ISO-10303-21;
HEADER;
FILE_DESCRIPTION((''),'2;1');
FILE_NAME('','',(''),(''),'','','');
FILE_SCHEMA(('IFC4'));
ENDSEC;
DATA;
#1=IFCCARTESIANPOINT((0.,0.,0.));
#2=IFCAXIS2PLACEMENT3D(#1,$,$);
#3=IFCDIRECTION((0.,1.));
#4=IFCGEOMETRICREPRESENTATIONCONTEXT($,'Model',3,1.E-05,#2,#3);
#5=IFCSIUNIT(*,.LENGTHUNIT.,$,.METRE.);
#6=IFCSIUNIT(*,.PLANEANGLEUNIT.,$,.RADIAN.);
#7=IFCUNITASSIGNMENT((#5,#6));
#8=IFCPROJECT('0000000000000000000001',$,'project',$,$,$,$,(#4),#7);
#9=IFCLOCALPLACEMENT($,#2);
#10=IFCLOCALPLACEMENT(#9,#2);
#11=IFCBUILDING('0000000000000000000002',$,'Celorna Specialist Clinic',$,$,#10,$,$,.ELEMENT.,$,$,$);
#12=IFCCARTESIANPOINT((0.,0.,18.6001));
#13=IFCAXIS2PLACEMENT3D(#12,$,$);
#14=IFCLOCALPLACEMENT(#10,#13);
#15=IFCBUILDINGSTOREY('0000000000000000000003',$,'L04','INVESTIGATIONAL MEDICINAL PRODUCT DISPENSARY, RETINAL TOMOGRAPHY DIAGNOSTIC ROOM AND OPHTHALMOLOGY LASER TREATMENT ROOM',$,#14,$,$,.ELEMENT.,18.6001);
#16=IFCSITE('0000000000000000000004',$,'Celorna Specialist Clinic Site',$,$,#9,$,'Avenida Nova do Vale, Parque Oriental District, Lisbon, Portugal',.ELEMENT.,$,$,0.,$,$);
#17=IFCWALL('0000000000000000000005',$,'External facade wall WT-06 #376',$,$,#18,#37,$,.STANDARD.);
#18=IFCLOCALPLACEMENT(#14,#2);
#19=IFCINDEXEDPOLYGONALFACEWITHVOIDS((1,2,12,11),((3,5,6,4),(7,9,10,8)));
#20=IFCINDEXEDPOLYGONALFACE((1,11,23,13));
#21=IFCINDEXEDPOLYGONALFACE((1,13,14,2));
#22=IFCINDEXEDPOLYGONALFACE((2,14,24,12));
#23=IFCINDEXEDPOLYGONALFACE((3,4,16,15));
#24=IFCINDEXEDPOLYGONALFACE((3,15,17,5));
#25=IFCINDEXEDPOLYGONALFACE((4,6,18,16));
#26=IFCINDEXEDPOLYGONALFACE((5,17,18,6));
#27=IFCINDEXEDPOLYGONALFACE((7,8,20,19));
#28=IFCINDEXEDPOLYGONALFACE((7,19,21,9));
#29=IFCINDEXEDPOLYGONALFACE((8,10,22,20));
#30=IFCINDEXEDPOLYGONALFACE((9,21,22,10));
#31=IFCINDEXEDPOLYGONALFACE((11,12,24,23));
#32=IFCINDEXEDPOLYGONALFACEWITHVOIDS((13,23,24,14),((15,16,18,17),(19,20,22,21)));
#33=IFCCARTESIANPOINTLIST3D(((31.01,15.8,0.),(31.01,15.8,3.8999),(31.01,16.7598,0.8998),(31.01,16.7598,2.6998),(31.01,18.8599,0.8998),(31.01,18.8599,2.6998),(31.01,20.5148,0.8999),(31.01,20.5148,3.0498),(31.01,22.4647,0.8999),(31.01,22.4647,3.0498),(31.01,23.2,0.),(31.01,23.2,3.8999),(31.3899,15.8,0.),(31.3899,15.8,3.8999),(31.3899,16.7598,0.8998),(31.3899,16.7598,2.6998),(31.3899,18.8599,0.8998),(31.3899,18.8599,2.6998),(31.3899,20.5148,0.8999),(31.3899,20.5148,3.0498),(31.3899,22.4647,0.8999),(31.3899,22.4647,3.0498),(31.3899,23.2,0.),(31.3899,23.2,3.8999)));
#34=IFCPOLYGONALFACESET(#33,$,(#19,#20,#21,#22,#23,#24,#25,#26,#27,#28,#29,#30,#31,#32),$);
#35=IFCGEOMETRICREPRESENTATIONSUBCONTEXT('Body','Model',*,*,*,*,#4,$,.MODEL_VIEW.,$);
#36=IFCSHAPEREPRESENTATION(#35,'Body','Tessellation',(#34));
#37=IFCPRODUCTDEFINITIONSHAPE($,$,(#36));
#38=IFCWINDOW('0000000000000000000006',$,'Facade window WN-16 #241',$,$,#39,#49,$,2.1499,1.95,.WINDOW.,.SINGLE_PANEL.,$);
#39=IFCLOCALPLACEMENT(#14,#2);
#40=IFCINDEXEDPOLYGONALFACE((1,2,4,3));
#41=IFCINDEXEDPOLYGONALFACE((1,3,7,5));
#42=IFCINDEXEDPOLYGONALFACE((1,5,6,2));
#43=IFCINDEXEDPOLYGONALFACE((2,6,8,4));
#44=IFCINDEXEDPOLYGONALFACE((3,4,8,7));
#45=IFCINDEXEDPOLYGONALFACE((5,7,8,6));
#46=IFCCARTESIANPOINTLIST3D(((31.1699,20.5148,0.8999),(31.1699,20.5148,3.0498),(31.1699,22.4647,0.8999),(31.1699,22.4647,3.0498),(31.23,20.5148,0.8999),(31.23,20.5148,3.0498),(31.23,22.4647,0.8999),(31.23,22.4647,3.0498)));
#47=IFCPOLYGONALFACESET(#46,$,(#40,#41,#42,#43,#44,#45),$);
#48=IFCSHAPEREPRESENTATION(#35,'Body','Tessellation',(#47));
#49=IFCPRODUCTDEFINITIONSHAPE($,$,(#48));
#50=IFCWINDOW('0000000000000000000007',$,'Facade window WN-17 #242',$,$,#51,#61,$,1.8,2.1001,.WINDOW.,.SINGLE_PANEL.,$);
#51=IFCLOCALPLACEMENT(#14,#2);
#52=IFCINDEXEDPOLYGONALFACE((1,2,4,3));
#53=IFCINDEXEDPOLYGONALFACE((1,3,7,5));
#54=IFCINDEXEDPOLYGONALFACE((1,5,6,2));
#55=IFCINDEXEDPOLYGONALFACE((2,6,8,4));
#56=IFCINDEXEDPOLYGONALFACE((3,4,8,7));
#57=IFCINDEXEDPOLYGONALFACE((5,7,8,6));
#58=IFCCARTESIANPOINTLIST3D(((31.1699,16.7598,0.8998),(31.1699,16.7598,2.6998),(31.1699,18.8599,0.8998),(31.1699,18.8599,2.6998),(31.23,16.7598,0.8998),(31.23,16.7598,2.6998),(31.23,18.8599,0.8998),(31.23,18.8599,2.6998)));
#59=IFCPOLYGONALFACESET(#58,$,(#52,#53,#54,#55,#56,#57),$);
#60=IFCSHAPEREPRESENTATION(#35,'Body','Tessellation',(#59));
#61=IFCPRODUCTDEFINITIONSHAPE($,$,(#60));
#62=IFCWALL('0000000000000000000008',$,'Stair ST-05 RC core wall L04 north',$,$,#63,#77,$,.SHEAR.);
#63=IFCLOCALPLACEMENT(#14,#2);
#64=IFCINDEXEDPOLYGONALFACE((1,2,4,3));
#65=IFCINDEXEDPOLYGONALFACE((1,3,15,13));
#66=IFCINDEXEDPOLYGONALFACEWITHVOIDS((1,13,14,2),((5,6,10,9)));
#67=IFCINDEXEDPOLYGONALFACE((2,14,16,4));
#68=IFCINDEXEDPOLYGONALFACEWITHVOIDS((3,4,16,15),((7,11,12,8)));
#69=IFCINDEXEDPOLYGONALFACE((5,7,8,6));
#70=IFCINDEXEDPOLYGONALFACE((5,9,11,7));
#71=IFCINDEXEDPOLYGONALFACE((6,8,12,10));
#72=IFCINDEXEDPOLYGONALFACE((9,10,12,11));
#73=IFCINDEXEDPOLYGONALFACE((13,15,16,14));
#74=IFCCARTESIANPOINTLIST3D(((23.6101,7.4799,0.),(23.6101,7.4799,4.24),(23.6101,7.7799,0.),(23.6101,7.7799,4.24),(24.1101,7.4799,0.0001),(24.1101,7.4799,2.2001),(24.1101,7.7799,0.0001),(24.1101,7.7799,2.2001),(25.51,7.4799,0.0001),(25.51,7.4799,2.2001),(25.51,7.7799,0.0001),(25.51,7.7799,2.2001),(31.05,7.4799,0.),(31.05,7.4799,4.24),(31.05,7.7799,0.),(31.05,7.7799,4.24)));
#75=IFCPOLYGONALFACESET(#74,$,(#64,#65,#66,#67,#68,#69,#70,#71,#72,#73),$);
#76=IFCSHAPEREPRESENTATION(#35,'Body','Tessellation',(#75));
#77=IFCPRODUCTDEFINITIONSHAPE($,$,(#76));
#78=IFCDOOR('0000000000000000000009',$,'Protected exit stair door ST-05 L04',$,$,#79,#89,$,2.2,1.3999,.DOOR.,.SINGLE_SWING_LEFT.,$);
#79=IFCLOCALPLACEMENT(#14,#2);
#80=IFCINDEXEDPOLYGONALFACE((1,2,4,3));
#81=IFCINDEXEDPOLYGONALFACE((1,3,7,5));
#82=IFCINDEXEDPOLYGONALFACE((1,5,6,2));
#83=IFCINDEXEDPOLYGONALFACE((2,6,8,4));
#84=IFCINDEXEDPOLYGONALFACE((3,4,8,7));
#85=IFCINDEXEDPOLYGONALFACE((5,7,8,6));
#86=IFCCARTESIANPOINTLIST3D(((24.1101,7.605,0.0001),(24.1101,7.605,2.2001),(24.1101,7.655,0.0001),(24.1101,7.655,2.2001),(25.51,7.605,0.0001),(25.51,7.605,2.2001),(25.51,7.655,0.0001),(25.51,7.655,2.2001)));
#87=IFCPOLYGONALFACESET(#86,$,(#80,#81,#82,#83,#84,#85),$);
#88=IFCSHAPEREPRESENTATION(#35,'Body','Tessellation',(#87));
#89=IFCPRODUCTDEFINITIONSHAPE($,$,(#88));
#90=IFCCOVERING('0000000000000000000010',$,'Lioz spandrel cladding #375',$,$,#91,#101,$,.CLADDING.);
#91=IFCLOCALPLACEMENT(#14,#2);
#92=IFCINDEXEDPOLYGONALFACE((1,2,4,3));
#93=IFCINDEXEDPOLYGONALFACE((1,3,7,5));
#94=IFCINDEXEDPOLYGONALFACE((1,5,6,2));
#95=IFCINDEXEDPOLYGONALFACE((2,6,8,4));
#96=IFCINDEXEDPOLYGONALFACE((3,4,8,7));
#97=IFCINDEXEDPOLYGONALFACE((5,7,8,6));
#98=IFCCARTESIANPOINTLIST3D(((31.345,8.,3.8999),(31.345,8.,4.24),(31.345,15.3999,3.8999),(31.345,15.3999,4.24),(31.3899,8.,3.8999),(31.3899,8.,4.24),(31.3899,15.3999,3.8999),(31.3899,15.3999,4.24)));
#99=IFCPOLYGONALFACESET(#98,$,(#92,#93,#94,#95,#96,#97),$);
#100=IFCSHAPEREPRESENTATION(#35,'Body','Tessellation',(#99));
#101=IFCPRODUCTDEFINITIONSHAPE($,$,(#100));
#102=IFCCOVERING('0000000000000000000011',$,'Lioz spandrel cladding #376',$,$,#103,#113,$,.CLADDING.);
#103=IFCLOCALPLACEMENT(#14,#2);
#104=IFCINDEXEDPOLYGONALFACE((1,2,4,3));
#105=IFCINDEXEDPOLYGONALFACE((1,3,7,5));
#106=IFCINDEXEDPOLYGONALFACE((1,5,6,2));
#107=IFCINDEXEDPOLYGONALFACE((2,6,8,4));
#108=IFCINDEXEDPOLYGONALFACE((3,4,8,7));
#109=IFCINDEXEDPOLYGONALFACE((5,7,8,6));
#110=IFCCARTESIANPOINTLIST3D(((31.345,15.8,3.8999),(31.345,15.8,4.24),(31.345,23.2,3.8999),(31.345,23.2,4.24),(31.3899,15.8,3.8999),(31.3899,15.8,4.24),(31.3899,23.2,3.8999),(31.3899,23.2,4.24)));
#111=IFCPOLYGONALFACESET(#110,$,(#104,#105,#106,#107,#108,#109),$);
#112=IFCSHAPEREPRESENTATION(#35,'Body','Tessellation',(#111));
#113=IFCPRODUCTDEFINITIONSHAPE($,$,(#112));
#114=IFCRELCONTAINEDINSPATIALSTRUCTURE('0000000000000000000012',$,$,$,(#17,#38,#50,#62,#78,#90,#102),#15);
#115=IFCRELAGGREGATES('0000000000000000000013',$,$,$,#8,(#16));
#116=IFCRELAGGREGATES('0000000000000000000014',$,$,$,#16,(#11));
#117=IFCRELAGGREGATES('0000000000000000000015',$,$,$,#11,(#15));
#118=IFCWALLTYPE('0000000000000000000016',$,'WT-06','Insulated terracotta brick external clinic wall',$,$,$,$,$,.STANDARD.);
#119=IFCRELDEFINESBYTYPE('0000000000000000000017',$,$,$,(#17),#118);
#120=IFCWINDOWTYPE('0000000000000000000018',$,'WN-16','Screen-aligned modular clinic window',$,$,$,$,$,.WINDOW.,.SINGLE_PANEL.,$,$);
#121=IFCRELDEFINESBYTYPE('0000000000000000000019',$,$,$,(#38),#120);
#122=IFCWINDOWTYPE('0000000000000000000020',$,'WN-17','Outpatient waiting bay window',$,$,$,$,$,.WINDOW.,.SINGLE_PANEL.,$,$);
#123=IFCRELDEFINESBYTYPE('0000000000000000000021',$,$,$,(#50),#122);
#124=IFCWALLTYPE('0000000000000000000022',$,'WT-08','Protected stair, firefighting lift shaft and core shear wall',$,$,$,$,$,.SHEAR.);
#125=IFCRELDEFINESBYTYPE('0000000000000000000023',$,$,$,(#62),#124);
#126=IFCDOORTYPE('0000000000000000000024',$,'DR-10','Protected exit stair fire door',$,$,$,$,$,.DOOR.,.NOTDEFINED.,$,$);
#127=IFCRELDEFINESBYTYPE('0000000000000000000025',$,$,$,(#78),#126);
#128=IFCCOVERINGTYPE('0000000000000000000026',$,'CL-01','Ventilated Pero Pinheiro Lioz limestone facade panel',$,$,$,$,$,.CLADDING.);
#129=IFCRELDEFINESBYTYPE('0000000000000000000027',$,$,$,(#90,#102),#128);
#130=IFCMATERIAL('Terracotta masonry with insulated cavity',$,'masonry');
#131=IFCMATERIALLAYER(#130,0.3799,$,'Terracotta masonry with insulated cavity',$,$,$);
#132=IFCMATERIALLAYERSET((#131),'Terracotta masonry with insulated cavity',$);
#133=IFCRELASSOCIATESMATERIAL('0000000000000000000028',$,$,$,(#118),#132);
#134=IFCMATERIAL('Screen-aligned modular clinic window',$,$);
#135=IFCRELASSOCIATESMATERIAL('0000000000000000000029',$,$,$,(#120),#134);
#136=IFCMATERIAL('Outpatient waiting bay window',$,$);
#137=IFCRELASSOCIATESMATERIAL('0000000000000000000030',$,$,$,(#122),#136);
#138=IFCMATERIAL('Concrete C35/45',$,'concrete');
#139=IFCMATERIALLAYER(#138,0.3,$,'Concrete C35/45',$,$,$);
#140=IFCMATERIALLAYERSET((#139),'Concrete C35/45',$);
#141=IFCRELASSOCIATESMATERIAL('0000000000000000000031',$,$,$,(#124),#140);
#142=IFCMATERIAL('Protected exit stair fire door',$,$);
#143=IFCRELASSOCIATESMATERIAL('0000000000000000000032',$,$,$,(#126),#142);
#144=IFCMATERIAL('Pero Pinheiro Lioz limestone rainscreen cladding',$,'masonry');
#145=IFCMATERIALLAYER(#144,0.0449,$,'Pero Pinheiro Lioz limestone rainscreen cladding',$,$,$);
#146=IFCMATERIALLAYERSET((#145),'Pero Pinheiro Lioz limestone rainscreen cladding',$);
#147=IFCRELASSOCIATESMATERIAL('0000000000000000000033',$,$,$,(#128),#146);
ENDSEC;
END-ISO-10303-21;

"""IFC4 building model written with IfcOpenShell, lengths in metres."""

from ifc_helpers import new_model, si_unit, direction, frame, frame_2d, origin, origin_2d, place, context, subcontext, project, spatial, rectangle, extrude, material, layer, layer_set, type_object, element, fill, save


model = new_model("IFC4")

# Units and contexts
model_context = context("Model", 3, precision=1e-05, world=origin(), true_north=direction((0.0, 1.0)))
body_context = subcontext(model_context, "Body", "Model", "MODEL_VIEW")
ifc_project = project(units=[si_unit("LENGTHUNIT", "METRE"), si_unit("PLANEANGLEUNIT", "RADIAN")], contexts=[model_context])

# Site, building, storey
site_placement = place(None, origin())
site = spatial("IfcSite", under=ifc_project, at=site_placement, Name="Celorna Specialist Clinic Site", LongName="Avenida Nova do Vale, Parque Oriental District, Lisbon, Portugal", CompositionType="ELEMENT", RefElevation=0.0)
building_placement = place(site_placement, origin())
building = spatial("IfcBuilding", under=site, at=building_placement, Name="Celorna Specialist Clinic", CompositionType="ELEMENT")
storey_placement = place(building_placement, frame((0.0, 0.0, 18.6001)))
storey = spatial("IfcBuildingStorey", under=building, at=storey_placement, Name="L04", Description="INVESTIGATIONAL MEDICINAL PRODUCT DISPENSARY, RETINAL TOMOGRAPHY DIAGNOSTIC ROOM AND OPHTHALMOLOGY LASER TREATMENT ROOM", CompositionType="ELEMENT", Elevation=18.6001)

# Shared definitions
ifc_material_1 = material(Name="Concrete C35/45", Category="concrete")

# Shared definitions
ifc_material_2 = material(Name="Terracotta masonry with insulated cavity", Category="masonry")
ifc_layer_1 = layer(ifc_material_2, 0.3799, Name="Terracotta masonry with insulated cavity")
ifc_layer_set_1 = layer_set([ifc_layer_1], Name="Terracotta masonry with insulated cavity")
wall_type_1 = type_object("IfcWallType", Name="WT-06", Description="Insulated terracotta brick external clinic wall", PredefinedType="STANDARD", material=ifc_layer_set_1)

# Wall, openings, windows
wall_1_placement = place(storey_placement, frame((31.2, 23.2, 0.0), z_axis=(0.0, 0.0, 1.0), x_axis=(0.0, -1.0, 0.0)))
wall_1 = element("IfcWall", 1, at=wall_1_placement, inside=storey, type_object=wall_type_1, Name="External facade wall WT-06 #376", PredefinedType="STANDARD", context=body_context, shape_type="SweptSolid", body=[
    extrude(rectangle(XDim=7.3999, YDim=0.3799, at=frame_2d((3.7, 0.0))), origin(), (0.0, 0.0, 1.0), 3.8999),
])
opening_1_placement = place(wall_1_placement, frame((0.7351, 0.0, 0.8999)))
opening_1 = element("IfcOpeningElement", 2, at=opening_1_placement, cuts=wall_1, PredefinedType="OPENING", context=body_context, shape_type="SweptSolid", body=[
    extrude(rectangle(XDim=1.95, YDim=2.1499, at=frame_2d((0.9751, 1.075))), frame((0.0, 0.2, 0.0), z_axis=(0.0, -1.0, 0.0), x_axis=(1.0, 0.0, 0.0)), (0.0, 0.0, 1.0), 0.3999),
])
opening_2_placement = place(wall_1_placement, frame((4.3401, 0.0, 0.8999)))
opening_2 = element("IfcOpeningElement", 3, at=opening_2_placement, cuts=wall_1, PredefinedType="OPENING", context=body_context, shape_type="SweptSolid", body=[
    extrude(rectangle(XDim=2.1001, YDim=1.8, at=frame_2d((1.05, 0.8999))), frame((0.0, 0.2, 0.0), z_axis=(0.0, -1.0, 0.0), x_axis=(1.0, 0.0, 0.0)), (0.0, 0.0, 1.0), 0.3999),
])
ifc_material_3 = material(Name="Screen-aligned modular clinic window")
window_type_1 = type_object("IfcWindowType", Name="WN-16", Description="Screen-aligned modular clinic window", PartitioningType="SINGLE_PANEL", PredefinedType="WINDOW", material=ifc_material_3)
window_1_placement = place(opening_1_placement, origin())
window_1 = element("IfcWindow", 4, at=window_1_placement, inside=storey, type_object=window_type_1, Name="Facade window WN-16 #241", OverallHeight=2.1499, OverallWidth=1.95, PartitioningType="SINGLE_PANEL", PredefinedType="WINDOW", context=body_context, shape_type="SweptSolid", body=[
    extrude(rectangle(XDim=1.95, YDim=2.1499, at=frame_2d((0.9751, 1.075))), frame((0.0, 0.03, 0.0), z_axis=(0.0, -1.0, 0.0), x_axis=(1.0, 0.0, 0.0)), (0.0, 0.0, 1.0), 0.0601),
])
fill(opening_1, window_1)
ifc_material_4 = material(Name="Outpatient waiting bay window")
window_type_2 = type_object("IfcWindowType", Name="WN-17", Description="Outpatient waiting bay window", PartitioningType="SINGLE_PANEL", PredefinedType="WINDOW", material=ifc_material_4)
window_2_placement = place(opening_2_placement, origin())
window_2 = element("IfcWindow", 5, at=window_2_placement, inside=storey, type_object=window_type_2, Name="Facade window WN-17 #242", OverallHeight=1.8, OverallWidth=2.1001, PartitioningType="SINGLE_PANEL", PredefinedType="WINDOW", context=body_context, shape_type="SweptSolid", body=[
    extrude(rectangle(XDim=2.1001, YDim=1.8, at=frame_2d((1.05, 0.8999))), frame((0.0, 0.03, 0.0), z_axis=(0.0, -1.0, 0.0), x_axis=(1.0, 0.0, 0.0)), (0.0, 0.0, 1.0), 0.0601),
])
fill(opening_2, window_2)

# Wall, opening, door
ifc_layer_2 = layer(ifc_material_1, 0.3, Name="Concrete C35/45")
ifc_layer_set_2 = layer_set([ifc_layer_2], Name="Concrete C35/45")
wall_type_2 = type_object("IfcWallType", Name="WT-08", Description="Protected stair, firefighting lift shaft and core shear wall", PredefinedType="SHEAR", material=ifc_layer_set_2)
wall_2_placement = place(storey_placement, frame((31.05, 7.6299, 0.0), z_axis=(0.0, 0.0, 1.0), x_axis=(-1.0, 0.0, 0.0)))
wall_2 = element("IfcWall", 6, at=wall_2_placement, inside=storey, type_object=wall_type_2, Name="Stair ST-05 RC core wall L04 north", PredefinedType="SHEAR", context=body_context, shape_type="SweptSolid", body=[
    extrude(rectangle(XDim=7.4399, YDim=0.3, at=frame_2d((3.72, 0.0))), origin(), (0.0, 0.0, 1.0), 4.24),
])
opening_3_placement = place(wall_2_placement, frame((5.54, 0.0, 0.0)))
opening_3 = element("IfcOpeningElement", 7, at=opening_3_placement, cuts=wall_2, PredefinedType="OPENING", context=body_context, shape_type="SweptSolid", body=[
    extrude(rectangle(XDim=1.3999, YDim=2.2, at=frame_2d((0.7, 1.1001))), frame((0.0, 0.1599, 0.0), z_axis=(0.0, -1.0, 0.0), x_axis=(1.0, 0.0, 0.0)), (0.0, 0.0, 1.0), 0.3201),
])
ifc_material_5 = material(Name="Protected exit stair fire door")
door_type_1 = type_object("IfcDoorType", Name="DR-10", Description="Protected exit stair fire door", OperationType="NOTDEFINED", PredefinedType="DOOR", material=ifc_material_5)
door_1_placement = place(opening_3_placement, origin())
door_1 = element("IfcDoor", 8, at=door_1_placement, inside=storey, type_object=door_type_1, Name="Protected exit stair door ST-05 L04", OperationType="SINGLE_SWING_LEFT", OverallHeight=2.2, OverallWidth=1.3999, PredefinedType="DOOR", context=body_context, shape_type="SweptSolid", body=[
    extrude(rectangle(XDim=1.3999, YDim=2.2, at=frame_2d((0.7, 1.1001))), frame((0.0, 0.0249, 0.0), z_axis=(0.0, -1.0, 0.0), x_axis=(1.0, 0.0, 0.0)), (0.0, 0.0, 1.0), 0.05),
])
fill(opening_3, door_1)

# Coverings
ifc_material_6 = material(Name="Pero Pinheiro Lioz limestone rainscreen cladding", Category="masonry")
ifc_layer_3 = layer(ifc_material_6, 0.0449, Name="Pero Pinheiro Lioz limestone rainscreen cladding")
ifc_layer_set_3 = layer_set([ifc_layer_3], Name="Pero Pinheiro Lioz limestone rainscreen cladding")
covering_type = type_object("IfcCoveringType", Name="CL-01", Description="Ventilated Pero Pinheiro Lioz limestone facade panel", PredefinedType="CLADDING", material=ifc_layer_set_3)
for number, where, z_axis, x_axis, name in (
    (9, (31.3674, 11.7, 3.8999), (0.0, 0.0, 1.0), (0.0, -1.0, 0.0), "Lioz spandrel cladding #375"),
    (10, (31.3674, 19.5, 3.8999), (0.0, 0.0, 1.0), (0.0, -1.0, 0.0), "Lioz spandrel cladding #376"),
):
    element("IfcCovering", number, at=place(storey_placement, frame(where, z_axis=z_axis, x_axis=x_axis)), inside=storey, type_object=covering_type, Name=name, PredefinedType="CLADDING", context=body_context, shape_type="SweptSolid", body=[
        extrude(rectangle(XDim=7.3999, YDim=0.0449, at=origin_2d()), origin(), (0.0, 0.0, 1.0), 0.3401),
    ])

save(model, "model.ifc")
